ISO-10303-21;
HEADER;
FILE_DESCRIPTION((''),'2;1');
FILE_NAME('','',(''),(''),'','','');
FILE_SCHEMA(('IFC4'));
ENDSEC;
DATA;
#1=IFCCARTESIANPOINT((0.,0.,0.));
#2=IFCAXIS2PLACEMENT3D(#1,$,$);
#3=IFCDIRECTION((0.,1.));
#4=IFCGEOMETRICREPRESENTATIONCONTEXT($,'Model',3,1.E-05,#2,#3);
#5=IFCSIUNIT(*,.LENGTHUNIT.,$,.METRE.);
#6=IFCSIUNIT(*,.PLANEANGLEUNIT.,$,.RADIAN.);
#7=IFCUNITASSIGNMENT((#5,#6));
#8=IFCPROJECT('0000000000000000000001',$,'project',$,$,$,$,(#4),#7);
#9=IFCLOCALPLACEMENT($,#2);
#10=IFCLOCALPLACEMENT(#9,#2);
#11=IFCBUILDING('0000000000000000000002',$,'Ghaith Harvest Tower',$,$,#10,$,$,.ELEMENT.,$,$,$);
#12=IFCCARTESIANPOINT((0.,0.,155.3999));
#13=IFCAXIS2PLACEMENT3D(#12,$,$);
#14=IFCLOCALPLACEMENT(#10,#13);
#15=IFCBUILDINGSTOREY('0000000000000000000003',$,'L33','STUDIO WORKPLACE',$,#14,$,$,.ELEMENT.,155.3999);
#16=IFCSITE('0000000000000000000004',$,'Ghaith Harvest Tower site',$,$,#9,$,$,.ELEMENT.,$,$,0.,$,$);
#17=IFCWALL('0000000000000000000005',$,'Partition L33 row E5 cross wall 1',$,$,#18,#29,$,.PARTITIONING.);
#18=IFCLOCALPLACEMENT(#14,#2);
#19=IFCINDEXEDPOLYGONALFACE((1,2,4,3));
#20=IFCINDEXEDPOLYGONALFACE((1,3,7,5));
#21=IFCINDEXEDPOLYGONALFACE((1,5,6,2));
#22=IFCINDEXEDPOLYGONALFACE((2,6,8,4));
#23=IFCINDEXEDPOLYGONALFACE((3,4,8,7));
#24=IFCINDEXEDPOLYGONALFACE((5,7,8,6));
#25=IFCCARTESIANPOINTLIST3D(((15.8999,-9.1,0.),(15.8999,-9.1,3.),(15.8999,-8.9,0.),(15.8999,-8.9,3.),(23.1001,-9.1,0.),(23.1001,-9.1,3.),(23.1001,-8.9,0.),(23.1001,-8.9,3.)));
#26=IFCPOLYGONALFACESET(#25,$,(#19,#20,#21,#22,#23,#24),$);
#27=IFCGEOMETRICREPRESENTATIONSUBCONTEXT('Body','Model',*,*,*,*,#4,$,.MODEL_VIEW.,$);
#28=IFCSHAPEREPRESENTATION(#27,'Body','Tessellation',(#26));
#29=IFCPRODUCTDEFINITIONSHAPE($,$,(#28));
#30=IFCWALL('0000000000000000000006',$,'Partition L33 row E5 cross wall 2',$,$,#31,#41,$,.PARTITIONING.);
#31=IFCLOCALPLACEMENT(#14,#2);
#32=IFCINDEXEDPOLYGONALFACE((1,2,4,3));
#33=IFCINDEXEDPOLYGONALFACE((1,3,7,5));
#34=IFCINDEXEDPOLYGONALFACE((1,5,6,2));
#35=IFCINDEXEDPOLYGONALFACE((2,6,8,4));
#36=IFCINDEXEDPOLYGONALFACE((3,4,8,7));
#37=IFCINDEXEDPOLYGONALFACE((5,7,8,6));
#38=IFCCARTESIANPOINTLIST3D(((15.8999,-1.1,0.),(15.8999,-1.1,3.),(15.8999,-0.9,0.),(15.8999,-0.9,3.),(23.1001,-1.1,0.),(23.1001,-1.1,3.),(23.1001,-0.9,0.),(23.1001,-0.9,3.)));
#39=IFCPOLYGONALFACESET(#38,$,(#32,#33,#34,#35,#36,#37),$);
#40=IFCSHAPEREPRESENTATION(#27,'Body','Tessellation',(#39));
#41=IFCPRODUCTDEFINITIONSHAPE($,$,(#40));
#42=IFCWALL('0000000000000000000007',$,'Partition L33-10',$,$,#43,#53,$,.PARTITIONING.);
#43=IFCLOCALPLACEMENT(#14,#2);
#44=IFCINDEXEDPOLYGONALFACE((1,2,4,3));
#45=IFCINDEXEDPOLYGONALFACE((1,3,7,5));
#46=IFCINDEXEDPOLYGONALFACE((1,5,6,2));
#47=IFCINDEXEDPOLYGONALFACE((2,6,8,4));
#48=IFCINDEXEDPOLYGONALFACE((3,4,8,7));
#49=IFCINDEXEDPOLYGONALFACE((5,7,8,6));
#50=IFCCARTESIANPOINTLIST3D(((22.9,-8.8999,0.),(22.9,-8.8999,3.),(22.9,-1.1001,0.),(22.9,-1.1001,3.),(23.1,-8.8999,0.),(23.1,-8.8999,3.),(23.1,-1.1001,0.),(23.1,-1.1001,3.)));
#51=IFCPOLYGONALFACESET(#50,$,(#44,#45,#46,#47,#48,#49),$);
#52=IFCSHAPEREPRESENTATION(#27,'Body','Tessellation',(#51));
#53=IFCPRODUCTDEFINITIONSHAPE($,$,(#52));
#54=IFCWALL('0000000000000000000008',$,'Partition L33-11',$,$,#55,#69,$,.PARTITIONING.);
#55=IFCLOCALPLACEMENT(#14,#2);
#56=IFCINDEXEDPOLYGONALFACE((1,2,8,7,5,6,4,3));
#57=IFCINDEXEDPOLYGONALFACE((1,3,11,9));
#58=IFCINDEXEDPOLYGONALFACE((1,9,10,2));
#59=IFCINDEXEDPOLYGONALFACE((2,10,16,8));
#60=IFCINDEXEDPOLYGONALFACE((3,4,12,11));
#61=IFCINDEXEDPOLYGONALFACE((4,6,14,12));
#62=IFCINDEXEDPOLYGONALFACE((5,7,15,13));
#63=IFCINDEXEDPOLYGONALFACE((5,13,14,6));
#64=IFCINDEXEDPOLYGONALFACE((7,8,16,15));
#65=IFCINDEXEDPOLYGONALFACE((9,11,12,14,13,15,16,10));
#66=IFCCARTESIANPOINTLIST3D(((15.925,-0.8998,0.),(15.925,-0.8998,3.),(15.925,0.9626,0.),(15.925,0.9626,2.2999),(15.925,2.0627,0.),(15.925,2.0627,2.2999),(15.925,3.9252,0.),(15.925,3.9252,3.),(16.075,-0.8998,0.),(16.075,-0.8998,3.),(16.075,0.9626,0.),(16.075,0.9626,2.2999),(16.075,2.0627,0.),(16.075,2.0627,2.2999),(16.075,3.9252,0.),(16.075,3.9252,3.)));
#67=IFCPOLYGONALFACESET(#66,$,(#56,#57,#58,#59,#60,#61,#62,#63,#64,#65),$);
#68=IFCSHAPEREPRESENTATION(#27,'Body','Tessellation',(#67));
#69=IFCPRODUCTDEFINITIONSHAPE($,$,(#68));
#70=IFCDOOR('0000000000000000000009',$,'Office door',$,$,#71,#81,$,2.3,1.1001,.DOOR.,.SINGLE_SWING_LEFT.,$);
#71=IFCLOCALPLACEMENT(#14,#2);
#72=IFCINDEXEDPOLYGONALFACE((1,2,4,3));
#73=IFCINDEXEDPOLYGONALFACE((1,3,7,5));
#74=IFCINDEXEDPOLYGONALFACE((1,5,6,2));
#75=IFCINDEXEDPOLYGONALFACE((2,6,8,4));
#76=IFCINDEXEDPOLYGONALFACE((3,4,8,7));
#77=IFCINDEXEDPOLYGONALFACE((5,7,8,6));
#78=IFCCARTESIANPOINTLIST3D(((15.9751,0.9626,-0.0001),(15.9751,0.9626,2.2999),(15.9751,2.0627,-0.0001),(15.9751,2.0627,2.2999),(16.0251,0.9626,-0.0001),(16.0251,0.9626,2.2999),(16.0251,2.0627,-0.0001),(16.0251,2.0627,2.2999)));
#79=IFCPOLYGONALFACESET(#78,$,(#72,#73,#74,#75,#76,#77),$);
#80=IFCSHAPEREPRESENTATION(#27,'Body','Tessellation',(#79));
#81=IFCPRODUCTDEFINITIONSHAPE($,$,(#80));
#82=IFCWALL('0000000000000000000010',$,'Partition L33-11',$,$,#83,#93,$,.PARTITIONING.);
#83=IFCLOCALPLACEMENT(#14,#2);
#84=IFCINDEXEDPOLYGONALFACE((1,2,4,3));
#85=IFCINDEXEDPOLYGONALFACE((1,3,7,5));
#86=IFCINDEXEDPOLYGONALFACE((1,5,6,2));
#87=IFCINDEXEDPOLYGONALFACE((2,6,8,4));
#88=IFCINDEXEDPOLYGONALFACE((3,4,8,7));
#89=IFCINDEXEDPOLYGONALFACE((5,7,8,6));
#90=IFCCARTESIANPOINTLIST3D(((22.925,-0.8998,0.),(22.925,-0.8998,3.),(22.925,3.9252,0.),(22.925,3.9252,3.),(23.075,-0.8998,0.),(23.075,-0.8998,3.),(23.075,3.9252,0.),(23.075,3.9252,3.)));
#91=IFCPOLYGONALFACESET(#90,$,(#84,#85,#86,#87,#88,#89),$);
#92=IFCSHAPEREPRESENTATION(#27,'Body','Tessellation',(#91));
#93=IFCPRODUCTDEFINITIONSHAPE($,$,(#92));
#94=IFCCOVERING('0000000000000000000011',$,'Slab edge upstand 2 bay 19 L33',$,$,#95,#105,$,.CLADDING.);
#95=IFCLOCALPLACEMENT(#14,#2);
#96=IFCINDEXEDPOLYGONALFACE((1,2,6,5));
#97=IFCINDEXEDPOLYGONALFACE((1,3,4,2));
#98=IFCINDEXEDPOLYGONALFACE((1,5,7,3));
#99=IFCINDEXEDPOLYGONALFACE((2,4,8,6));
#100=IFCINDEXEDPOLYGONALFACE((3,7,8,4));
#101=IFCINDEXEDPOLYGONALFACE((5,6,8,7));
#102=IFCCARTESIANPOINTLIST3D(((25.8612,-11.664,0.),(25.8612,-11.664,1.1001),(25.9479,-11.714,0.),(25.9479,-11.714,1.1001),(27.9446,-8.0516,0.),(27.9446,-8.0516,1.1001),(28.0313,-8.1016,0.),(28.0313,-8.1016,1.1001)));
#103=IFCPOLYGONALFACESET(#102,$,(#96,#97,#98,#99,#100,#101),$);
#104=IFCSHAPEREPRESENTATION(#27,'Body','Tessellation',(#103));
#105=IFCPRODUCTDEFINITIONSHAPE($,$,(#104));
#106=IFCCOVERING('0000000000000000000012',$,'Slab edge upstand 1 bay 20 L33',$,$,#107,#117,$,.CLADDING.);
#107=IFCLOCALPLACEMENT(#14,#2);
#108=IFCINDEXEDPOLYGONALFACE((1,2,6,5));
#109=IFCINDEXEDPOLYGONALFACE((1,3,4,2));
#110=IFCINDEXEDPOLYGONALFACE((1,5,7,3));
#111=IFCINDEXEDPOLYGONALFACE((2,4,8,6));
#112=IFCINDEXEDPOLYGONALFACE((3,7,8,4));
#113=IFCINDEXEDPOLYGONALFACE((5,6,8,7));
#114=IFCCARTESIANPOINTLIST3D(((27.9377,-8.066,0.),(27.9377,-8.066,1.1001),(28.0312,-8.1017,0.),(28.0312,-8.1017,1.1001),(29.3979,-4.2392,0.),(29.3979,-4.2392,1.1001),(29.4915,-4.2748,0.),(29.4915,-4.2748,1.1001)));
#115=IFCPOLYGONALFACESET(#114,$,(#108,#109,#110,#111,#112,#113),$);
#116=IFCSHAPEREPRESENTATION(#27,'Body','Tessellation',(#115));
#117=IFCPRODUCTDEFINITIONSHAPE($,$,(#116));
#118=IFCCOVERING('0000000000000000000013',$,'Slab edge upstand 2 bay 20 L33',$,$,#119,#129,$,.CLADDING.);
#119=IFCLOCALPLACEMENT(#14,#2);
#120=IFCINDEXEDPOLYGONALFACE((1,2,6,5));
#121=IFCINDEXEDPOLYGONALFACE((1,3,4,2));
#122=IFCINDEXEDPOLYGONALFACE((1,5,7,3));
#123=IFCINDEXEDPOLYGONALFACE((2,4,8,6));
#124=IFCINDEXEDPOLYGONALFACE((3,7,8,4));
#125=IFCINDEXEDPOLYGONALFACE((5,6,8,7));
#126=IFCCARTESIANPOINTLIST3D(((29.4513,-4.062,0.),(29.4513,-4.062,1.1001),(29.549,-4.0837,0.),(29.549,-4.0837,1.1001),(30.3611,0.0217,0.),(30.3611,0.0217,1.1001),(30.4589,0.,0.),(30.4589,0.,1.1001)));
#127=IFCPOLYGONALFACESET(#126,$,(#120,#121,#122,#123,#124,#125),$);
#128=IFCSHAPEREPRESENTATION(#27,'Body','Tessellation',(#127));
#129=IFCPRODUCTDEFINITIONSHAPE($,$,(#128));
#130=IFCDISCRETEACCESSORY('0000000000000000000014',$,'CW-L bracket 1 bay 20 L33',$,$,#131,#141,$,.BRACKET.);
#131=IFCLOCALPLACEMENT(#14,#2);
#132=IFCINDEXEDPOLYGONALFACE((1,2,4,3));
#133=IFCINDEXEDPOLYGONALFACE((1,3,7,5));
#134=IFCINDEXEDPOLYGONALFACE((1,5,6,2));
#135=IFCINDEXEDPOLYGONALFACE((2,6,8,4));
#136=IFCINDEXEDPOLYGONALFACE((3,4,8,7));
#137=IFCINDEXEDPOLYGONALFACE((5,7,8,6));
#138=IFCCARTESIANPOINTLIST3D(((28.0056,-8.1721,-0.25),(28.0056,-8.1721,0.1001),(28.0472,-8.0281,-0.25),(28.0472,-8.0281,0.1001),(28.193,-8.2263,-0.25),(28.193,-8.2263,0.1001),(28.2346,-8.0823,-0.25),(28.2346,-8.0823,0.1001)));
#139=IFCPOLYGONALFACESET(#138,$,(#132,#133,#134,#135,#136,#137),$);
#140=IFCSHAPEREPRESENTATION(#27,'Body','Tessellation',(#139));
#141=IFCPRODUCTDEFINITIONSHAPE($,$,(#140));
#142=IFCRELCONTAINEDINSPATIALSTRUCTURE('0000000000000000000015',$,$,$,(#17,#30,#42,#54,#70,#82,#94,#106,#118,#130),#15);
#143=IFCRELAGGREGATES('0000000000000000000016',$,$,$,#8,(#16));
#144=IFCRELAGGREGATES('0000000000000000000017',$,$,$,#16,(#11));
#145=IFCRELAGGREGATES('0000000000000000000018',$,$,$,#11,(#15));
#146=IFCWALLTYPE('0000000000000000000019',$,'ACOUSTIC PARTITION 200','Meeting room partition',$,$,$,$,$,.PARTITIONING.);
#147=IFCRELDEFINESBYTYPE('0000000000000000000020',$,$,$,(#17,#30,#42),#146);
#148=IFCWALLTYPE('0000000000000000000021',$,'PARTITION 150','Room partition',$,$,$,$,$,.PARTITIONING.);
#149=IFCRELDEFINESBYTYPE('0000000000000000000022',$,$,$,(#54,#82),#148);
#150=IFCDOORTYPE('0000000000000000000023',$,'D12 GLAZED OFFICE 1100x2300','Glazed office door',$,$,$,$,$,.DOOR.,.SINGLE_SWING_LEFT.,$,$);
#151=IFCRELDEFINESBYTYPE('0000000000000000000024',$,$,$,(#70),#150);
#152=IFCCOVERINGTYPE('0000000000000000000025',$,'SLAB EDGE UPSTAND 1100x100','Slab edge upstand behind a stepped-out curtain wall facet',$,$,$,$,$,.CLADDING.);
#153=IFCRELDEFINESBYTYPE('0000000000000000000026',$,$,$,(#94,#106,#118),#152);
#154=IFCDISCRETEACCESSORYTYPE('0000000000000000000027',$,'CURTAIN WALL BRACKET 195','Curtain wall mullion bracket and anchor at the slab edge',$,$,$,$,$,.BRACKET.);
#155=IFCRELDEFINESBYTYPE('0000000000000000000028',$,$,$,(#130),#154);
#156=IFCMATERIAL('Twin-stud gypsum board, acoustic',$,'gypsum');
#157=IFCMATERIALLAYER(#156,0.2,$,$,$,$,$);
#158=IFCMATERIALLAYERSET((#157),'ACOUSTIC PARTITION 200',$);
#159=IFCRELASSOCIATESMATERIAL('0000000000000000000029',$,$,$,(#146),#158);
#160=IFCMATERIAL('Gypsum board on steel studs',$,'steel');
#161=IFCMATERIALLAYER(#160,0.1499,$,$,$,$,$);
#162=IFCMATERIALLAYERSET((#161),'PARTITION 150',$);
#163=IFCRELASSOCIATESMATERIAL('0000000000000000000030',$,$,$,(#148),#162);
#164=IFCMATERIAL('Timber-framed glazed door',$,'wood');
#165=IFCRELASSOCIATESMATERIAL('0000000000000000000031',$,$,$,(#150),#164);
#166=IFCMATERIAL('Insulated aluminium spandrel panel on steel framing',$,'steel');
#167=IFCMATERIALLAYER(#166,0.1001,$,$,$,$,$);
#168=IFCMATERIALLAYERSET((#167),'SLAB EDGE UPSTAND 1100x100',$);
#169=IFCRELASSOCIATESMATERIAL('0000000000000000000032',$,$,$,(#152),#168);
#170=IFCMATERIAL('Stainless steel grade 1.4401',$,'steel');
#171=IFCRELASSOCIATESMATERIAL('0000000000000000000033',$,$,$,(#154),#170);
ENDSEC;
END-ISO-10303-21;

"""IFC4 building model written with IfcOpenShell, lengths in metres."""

from ifc_helpers import new_model, si_unit, direction, frame, frame_2d, origin, origin_2d, place, context, subcontext, project, spatial, rectangle, extrude, material, layer, layer_set, type_object, element, fill, save


model = new_model("IFC4")

# Units and contexts
model_context = context("Model", 3, precision=1e-05, world=origin(), true_north=direction((0.0, 1.0)))
body_context = subcontext(model_context, "Body", "Model", "MODEL_VIEW")
ifc_project = project(units=[si_unit("LENGTHUNIT", "METRE"), si_unit("PLANEANGLEUNIT", "RADIAN")], contexts=[model_context])

# Site, building, storey
site_placement = place(None, origin())
site = spatial("IfcSite", under=ifc_project, at=site_placement, Name="Ghaith Harvest Tower site", CompositionType="ELEMENT", RefElevation=0.0)
building_placement = place(site_placement, origin())
building = spatial("IfcBuilding", under=site, at=building_placement, Name="Ghaith Harvest Tower", CompositionType="ELEMENT")
storey_placement = place(building_placement, frame((0.0, 0.0, 155.3999)))
storey = spatial("IfcBuildingStorey", under=building, at=storey_placement, Name="L33", Description="STUDIO WORKPLACE", CompositionType="ELEMENT", Elevation=155.3999)

# Walls
ifc_material_1 = material(Name="Twin-stud gypsum board, acoustic", Category="gypsum")
ifc_layer_1 = layer(ifc_material_1, 0.2)
ifc_layer_set_1 = layer_set([ifc_layer_1], Name="ACOUSTIC PARTITION 200")
wall_type_1 = type_object("IfcWallType", Name="ACOUSTIC PARTITION 200", Description="Meeting room partition", PredefinedType="PARTITIONING", material=ifc_layer_set_1)
for number, where, z_axis, x_axis, name in (
    (1, (15.8999, -9.0, 0.0), (0.0, 0.0, 1.0), (1.0, 0.0, 0.0), "Partition L33 row E5 cross wall 1"),
    (2, (15.8999, -1.0, 0.0), (0.0, 0.0, 1.0), (1.0, 0.0, 0.0), "Partition L33 row E5 cross wall 2"),
):
    element("IfcWall", number, at=place(storey_placement, frame(where, z_axis=z_axis, x_axis=x_axis)), inside=storey, type_object=wall_type_1, Name=name, PredefinedType="PARTITIONING", context=body_context, shape_type="SweptSolid", body=[
        extrude(rectangle(XDim=7.2002, YDim=0.2, at=frame_2d((3.6001, 0.0))), origin(), (0.0, 0.0, 1.0), 3.0),
    ])

# Wall
wall_1_placement = place(storey_placement, frame((23.0, -8.8999, 0.0), z_axis=(0.0, 0.0, 1.0), x_axis=(0.0, 1.0, 0.0)))
element("IfcWall", 3, at=wall_1_placement, inside=storey, type_object=wall_type_1, Name="Partition L33-10", PredefinedType="PARTITIONING", context=body_context, shape_type="SweptSolid", body=[
    extrude(rectangle(XDim=7.7998, YDim=0.2, at=frame_2d((3.8999, 0.0))), origin(), (0.0, 0.0, 1.0), 3.0),
])

# Wall, opening, door
ifc_material_2 = material(Name="Gypsum board on steel studs", Category="steel")
ifc_layer_2 = layer(ifc_material_2, 0.1499)
ifc_layer_set_2 = layer_set([ifc_layer_2], Name="PARTITION 150")
wall_type_2 = type_object("IfcWallType", Name="PARTITION 150", Description="Room partition", PredefinedType="PARTITIONING", material=ifc_layer_set_2)
wall_2_placement = place(storey_placement, frame((16.0, -0.8999, 0.0), z_axis=(0.0, 0.0, 1.0), x_axis=(0.0, 1.0, 0.0)))
wall_2 = element("IfcWall", 4, at=wall_2_placement, inside=storey, type_object=wall_type_2, Name="Partition L33-11", PredefinedType="PARTITIONING", context=body_context, shape_type="SweptSolid", body=[
    extrude(rectangle(XDim=4.825, YDim=0.1499, at=frame_2d((2.4126, 0.0))), origin(), (0.0, 0.0, 1.0), 3.0),
])
opening_1_placement = place(wall_2_placement, frame((1.8625, 0.0, 0.0)))
opening_1 = element("IfcOpeningElement", 5, at=opening_1_placement, cuts=wall_2, PredefinedType="OPENING", context=body_context, shape_type="SweptSolid", body=[
    extrude(rectangle(XDim=1.1001, YDim=2.3, at=frame_2d((0.55, 1.1499))), frame((0.0, 0.085, 0.0), z_axis=(0.0, -1.0, 0.0), x_axis=(1.0, 0.0, 0.0)), (0.0, 0.0, 1.0), 0.1699),
])
ifc_material_3 = material(Name="Timber-framed glazed door", Category="wood")
door_type_1 = type_object("IfcDoorType", Name="D12 GLAZED OFFICE 1100x2300", Description="Glazed office door", OperationType="SINGLE_SWING_LEFT", PredefinedType="DOOR", material=ifc_material_3)
door_1_placement = place(opening_1_placement, origin())
door_1 = element("IfcDoor", 6, at=door_1_placement, inside=storey, type_object=door_type_1, Name="Office door", OperationType="SINGLE_SWING_LEFT", OverallHeight=2.3, OverallWidth=1.1001, PredefinedType="DOOR", context=body_context, shape_type="SweptSolid", body=[
    extrude(rectangle(XDim=1.1001, YDim=2.3, at=frame_2d((0.55, 1.1499))), frame((0.0, 0.0249, 0.0), z_axis=(0.0, -1.0, 0.0), x_axis=(1.0, 0.0, 0.0)), (0.0, 0.0, 1.0), 0.05),
])
fill(opening_1, door_1)

# Wall
wall_3_placement = place(storey_placement, frame((23.0, -0.8999, 0.0), z_axis=(0.0, 0.0, 1.0), x_axis=(0.0, 1.0, 0.0)))
element("IfcWall", 7, at=wall_3_placement, inside=storey, type_object=wall_type_2, Name="Partition L33-11", PredefinedType="PARTITIONING", context=body_context, shape_type="SweptSolid", body=[
    extrude(rectangle(XDim=4.825, YDim=0.1499, at=frame_2d((2.4126, 0.0))), origin(), (0.0, 0.0, 1.0), 3.0),
])

# Coverings
ifc_material_4 = material(Name="Insulated aluminium spandrel panel on steel framing", Category="steel")
ifc_layer_3 = layer(ifc_material_4, 0.1001)
ifc_layer_set_3 = layer_set([ifc_layer_3], Name="SLAB EDGE UPSTAND 1100x100")
covering_type = type_object("IfcCoveringType", Name="SLAB EDGE UPSTAND 1100x100", Description="Slab edge upstand behind a stepped-out curtain wall facet", PredefinedType="CLADDING", material=ifc_layer_set_3)
covering_1_placement = place(storey_placement, frame((26.9463, -9.8828, 0.0), z_axis=(0.0, 0.0, 1.0), x_axis=(0.499596, 0.866258, 0.0)))
element("IfcCovering", 8, at=covering_1_placement, inside=storey, type_object=covering_type, Name="Slab edge upstand 2 bay 19 L33", PredefinedType="CLADDING", context=body_context, shape_type="SweptSolid", body=[
    extrude(rectangle(XDim=4.1702, YDim=0.1001, at=origin_2d()), origin(), (0.0, 0.0, 1.0), 1.1001),
])
covering_2_placement = place(storey_placement, frame((28.7146, -6.1704, 0.0), z_axis=(0.0, 0.0, 1.0), x_axis=(0.356504, 0.934294, 0.0)))
element("IfcCovering", 9, at=covering_2_placement, inside=storey, type_object=covering_type, Name="Slab edge upstand 1 bay 20 L33", PredefinedType="CLADDING", context=body_context, shape_type="SweptSolid", body=[
    extrude(rectangle(XDim=4.0959, YDim=0.1001, at=origin_2d()), origin(), (0.0, 0.0, 1.0), 1.1001),
])
covering_3_placement = place(storey_placement, frame((29.9551, -2.031, 0.0), z_axis=(0.0, 0.0, 1.0), x_axis=(0.217466, 0.976068, 0.0)))
element("IfcCovering", 10, at=covering_3_placement, inside=storey, type_object=covering_type, Name="Slab edge upstand 2 bay 20 L33", PredefinedType="CLADDING", context=body_context, shape_type="SweptSolid", body=[
    extrude(rectangle(XDim=4.1838, YDim=0.1001, at=origin_2d()), origin(), (0.0, 0.0, 1.0), 1.1001),
])

# Discrete accessory
ifc_material_5 = material(Name="Stainless steel grade 1.4401", Category="steel")
discrete_accessory_type = type_object("IfcDiscreteAccessoryType", Name="CURTAIN WALL BRACKET 195", Description="Curtain wall mullion bracket and anchor at the slab edge", PredefinedType="BRACKET", material=ifc_material_5)
discrete_accessory_placement = place(storey_placement, frame((28.1201, -8.1272, -0.25), z_axis=(0.0, 0.0, 1.0), x_axis=(0.96068, -0.277657, 0.0)))
element("IfcDiscreteAccessory", 11, at=discrete_accessory_placement, inside=storey, type_object=discrete_accessory_type, Name="CW-L bracket 1 bay 20 L33", PredefinedType="BRACKET", context=body_context, shape_type="SweptSolid", body=[
    extrude(rectangle(XDim=0.1951, YDim=0.1499, at=origin_2d()), origin(), (0.0, 0.0, 1.0), 0.3501),
])

save(model, "model.ifc")
